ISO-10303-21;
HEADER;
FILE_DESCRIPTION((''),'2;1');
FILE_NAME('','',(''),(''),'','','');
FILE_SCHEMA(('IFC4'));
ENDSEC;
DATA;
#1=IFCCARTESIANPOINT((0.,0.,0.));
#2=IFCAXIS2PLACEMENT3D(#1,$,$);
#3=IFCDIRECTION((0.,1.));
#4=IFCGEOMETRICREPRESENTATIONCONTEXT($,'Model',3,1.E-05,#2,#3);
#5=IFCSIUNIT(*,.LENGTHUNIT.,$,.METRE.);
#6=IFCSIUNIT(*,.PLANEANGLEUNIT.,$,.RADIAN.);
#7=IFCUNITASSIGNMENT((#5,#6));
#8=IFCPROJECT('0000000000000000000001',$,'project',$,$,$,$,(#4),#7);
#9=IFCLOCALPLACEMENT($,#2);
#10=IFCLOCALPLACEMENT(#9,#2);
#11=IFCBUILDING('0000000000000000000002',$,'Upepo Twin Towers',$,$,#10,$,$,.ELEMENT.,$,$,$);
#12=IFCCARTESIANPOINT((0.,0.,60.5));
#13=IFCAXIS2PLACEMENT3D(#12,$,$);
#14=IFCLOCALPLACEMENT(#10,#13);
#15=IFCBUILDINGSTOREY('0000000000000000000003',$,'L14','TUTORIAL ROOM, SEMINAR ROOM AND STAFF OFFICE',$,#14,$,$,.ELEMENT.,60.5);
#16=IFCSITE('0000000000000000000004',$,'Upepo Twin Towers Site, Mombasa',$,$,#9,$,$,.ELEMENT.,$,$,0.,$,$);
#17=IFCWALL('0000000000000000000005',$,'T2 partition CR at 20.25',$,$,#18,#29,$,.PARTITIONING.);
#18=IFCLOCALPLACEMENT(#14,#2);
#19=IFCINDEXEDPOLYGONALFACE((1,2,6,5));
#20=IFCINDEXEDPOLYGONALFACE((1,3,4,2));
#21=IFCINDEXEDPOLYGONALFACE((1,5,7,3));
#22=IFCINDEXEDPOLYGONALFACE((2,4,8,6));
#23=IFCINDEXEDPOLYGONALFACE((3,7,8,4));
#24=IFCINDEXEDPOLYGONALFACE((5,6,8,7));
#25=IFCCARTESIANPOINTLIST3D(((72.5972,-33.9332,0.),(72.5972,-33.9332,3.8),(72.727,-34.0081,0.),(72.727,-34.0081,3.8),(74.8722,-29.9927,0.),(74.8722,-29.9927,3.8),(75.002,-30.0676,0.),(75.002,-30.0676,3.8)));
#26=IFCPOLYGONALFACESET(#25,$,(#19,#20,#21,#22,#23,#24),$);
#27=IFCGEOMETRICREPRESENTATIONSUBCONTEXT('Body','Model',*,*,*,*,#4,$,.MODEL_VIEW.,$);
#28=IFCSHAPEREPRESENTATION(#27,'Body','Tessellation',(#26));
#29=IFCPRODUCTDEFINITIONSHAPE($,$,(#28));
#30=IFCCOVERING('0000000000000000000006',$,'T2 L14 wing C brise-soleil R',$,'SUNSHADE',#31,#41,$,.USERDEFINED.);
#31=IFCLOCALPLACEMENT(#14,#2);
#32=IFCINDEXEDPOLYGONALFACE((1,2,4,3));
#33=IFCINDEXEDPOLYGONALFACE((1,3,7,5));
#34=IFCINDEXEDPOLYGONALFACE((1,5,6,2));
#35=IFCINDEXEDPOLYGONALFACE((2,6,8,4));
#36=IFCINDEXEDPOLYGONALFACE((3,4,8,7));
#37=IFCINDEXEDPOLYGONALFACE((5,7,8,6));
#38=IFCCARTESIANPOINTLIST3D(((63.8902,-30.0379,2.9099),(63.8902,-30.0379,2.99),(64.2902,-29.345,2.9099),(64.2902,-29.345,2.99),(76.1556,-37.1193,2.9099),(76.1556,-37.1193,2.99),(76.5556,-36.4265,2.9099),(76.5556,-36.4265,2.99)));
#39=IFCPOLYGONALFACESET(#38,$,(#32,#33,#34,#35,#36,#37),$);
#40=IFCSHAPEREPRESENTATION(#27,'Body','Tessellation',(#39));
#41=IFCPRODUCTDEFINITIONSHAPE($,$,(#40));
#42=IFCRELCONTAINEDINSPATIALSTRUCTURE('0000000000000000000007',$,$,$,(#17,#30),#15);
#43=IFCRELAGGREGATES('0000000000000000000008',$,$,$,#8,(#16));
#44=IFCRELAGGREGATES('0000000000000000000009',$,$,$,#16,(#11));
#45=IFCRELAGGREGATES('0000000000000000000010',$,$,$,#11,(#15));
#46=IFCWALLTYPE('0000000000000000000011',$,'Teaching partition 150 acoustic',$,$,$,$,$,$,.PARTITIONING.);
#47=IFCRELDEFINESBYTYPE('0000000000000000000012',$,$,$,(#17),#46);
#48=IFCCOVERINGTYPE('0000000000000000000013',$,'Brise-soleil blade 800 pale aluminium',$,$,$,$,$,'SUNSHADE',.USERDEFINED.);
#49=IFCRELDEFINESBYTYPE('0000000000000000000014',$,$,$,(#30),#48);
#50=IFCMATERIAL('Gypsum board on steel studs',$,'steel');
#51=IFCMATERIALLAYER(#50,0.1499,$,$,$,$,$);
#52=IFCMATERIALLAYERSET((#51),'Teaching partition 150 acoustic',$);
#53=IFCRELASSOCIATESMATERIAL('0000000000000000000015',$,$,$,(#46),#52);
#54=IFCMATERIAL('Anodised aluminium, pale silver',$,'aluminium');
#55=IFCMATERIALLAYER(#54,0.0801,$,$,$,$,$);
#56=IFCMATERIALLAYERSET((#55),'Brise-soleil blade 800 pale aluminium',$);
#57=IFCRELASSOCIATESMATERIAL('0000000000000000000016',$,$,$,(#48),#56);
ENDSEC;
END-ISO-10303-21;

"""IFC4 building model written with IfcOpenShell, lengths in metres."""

from ifc_helpers import new_model, si_unit, direction, frame, frame_2d, origin, origin_2d, place, context, subcontext, project, spatial, rectangle, extrude, material, layer, layer_set, type_object, element, save


model = new_model("IFC4")

# Units and contexts
model_context = context("Model", 3, precision=1e-05, world=origin(), true_north=direction((0.0, 1.0)))
body_context = subcontext(model_context, "Body", "Model", "MODEL_VIEW")
ifc_project = project(units=[si_unit("LENGTHUNIT", "METRE"), si_unit("PLANEANGLEUNIT", "RADIAN")], contexts=[model_context])

# Site, building, storey
site_placement = place(None, origin())
site = spatial("IfcSite", under=ifc_project, at=site_placement, Name="Upepo Twin Towers Site, Mombasa", CompositionType="ELEMENT", RefElevation=0.0)
building_placement = place(site_placement, origin())
building = spatial("IfcBuilding", under=site, at=building_placement, Name="Upepo Twin Towers", CompositionType="ELEMENT")
storey_placement = place(building_placement, frame((0.0, 0.0, 60.5)))
storey = spatial("IfcBuildingStorey", under=building, at=storey_placement, Name="L14", Description="TUTORIAL ROOM, SEMINAR ROOM AND STAFF OFFICE", CompositionType="ELEMENT", Elevation=60.5)

# Shared definitions
ifc_material_1 = material(Name="Gypsum board on steel studs", Category="steel")
ifc_layer_1 = layer(ifc_material_1, 0.1499)
ifc_layer_set_1 = layer_set([ifc_layer_1], Name="Teaching partition 150 acoustic")
wall_type_1 = type_object("IfcWallType", Name="Teaching partition 150 acoustic", PredefinedType="PARTITIONING", material=ifc_layer_set_1)

# Wall
wall_1_placement = place(storey_placement, frame((74.937, -30.0303, 0.0), z_axis=(0.0, 0.0, 1.0), x_axis=(-0.499983, -0.866035, 0.0)))
element("IfcWall", 1, at=wall_1_placement, inside=storey, type_object=wall_type_1, Name="T2 partition CR at 20.25", PredefinedType="PARTITIONING", context=body_context, shape_type="SweptSolid", body=[
    extrude(rectangle(XDim=4.55, YDim=0.1499, at=frame_2d((2.2749, 0.0))), origin(), (0.0, 0.0, 1.0), 3.8),
])

# Covering
ifc_material_2 = material(Name="Anodised aluminium, pale silver", Category="aluminium")
ifc_layer_2 = layer(ifc_material_2, 0.0801)
ifc_layer_set_2 = layer_set([ifc_layer_2], Name="Brise-soleil blade 800 pale aluminium")
covering_type = type_object("IfcCoveringType", Name="Brise-soleil blade 800 pale aluminium", ElementType="SUNSHADE", PredefinedType="USERDEFINED", material=ifc_layer_set_2)
covering_placement = place(storey_placement, frame((70.2229, -33.2322, 2.9099), z_axis=(0.0, 0.0, 1.0), x_axis=(0.866025, -0.5, 0.0)))
element("IfcCovering", 2, at=covering_placement, inside=storey, type_object=covering_type, Name="T2 L14 wing C brise-soleil R", ObjectType="SUNSHADE", PredefinedType="USERDEFINED", context=body_context, shape_type="SweptSolid", body=[
    extrude(rectangle(XDim=14.1628, YDim=0.8, at=origin_2d()), origin(), (0.0, 0.0, 1.0), 0.0801),
])

save(model, "model.ifc")
